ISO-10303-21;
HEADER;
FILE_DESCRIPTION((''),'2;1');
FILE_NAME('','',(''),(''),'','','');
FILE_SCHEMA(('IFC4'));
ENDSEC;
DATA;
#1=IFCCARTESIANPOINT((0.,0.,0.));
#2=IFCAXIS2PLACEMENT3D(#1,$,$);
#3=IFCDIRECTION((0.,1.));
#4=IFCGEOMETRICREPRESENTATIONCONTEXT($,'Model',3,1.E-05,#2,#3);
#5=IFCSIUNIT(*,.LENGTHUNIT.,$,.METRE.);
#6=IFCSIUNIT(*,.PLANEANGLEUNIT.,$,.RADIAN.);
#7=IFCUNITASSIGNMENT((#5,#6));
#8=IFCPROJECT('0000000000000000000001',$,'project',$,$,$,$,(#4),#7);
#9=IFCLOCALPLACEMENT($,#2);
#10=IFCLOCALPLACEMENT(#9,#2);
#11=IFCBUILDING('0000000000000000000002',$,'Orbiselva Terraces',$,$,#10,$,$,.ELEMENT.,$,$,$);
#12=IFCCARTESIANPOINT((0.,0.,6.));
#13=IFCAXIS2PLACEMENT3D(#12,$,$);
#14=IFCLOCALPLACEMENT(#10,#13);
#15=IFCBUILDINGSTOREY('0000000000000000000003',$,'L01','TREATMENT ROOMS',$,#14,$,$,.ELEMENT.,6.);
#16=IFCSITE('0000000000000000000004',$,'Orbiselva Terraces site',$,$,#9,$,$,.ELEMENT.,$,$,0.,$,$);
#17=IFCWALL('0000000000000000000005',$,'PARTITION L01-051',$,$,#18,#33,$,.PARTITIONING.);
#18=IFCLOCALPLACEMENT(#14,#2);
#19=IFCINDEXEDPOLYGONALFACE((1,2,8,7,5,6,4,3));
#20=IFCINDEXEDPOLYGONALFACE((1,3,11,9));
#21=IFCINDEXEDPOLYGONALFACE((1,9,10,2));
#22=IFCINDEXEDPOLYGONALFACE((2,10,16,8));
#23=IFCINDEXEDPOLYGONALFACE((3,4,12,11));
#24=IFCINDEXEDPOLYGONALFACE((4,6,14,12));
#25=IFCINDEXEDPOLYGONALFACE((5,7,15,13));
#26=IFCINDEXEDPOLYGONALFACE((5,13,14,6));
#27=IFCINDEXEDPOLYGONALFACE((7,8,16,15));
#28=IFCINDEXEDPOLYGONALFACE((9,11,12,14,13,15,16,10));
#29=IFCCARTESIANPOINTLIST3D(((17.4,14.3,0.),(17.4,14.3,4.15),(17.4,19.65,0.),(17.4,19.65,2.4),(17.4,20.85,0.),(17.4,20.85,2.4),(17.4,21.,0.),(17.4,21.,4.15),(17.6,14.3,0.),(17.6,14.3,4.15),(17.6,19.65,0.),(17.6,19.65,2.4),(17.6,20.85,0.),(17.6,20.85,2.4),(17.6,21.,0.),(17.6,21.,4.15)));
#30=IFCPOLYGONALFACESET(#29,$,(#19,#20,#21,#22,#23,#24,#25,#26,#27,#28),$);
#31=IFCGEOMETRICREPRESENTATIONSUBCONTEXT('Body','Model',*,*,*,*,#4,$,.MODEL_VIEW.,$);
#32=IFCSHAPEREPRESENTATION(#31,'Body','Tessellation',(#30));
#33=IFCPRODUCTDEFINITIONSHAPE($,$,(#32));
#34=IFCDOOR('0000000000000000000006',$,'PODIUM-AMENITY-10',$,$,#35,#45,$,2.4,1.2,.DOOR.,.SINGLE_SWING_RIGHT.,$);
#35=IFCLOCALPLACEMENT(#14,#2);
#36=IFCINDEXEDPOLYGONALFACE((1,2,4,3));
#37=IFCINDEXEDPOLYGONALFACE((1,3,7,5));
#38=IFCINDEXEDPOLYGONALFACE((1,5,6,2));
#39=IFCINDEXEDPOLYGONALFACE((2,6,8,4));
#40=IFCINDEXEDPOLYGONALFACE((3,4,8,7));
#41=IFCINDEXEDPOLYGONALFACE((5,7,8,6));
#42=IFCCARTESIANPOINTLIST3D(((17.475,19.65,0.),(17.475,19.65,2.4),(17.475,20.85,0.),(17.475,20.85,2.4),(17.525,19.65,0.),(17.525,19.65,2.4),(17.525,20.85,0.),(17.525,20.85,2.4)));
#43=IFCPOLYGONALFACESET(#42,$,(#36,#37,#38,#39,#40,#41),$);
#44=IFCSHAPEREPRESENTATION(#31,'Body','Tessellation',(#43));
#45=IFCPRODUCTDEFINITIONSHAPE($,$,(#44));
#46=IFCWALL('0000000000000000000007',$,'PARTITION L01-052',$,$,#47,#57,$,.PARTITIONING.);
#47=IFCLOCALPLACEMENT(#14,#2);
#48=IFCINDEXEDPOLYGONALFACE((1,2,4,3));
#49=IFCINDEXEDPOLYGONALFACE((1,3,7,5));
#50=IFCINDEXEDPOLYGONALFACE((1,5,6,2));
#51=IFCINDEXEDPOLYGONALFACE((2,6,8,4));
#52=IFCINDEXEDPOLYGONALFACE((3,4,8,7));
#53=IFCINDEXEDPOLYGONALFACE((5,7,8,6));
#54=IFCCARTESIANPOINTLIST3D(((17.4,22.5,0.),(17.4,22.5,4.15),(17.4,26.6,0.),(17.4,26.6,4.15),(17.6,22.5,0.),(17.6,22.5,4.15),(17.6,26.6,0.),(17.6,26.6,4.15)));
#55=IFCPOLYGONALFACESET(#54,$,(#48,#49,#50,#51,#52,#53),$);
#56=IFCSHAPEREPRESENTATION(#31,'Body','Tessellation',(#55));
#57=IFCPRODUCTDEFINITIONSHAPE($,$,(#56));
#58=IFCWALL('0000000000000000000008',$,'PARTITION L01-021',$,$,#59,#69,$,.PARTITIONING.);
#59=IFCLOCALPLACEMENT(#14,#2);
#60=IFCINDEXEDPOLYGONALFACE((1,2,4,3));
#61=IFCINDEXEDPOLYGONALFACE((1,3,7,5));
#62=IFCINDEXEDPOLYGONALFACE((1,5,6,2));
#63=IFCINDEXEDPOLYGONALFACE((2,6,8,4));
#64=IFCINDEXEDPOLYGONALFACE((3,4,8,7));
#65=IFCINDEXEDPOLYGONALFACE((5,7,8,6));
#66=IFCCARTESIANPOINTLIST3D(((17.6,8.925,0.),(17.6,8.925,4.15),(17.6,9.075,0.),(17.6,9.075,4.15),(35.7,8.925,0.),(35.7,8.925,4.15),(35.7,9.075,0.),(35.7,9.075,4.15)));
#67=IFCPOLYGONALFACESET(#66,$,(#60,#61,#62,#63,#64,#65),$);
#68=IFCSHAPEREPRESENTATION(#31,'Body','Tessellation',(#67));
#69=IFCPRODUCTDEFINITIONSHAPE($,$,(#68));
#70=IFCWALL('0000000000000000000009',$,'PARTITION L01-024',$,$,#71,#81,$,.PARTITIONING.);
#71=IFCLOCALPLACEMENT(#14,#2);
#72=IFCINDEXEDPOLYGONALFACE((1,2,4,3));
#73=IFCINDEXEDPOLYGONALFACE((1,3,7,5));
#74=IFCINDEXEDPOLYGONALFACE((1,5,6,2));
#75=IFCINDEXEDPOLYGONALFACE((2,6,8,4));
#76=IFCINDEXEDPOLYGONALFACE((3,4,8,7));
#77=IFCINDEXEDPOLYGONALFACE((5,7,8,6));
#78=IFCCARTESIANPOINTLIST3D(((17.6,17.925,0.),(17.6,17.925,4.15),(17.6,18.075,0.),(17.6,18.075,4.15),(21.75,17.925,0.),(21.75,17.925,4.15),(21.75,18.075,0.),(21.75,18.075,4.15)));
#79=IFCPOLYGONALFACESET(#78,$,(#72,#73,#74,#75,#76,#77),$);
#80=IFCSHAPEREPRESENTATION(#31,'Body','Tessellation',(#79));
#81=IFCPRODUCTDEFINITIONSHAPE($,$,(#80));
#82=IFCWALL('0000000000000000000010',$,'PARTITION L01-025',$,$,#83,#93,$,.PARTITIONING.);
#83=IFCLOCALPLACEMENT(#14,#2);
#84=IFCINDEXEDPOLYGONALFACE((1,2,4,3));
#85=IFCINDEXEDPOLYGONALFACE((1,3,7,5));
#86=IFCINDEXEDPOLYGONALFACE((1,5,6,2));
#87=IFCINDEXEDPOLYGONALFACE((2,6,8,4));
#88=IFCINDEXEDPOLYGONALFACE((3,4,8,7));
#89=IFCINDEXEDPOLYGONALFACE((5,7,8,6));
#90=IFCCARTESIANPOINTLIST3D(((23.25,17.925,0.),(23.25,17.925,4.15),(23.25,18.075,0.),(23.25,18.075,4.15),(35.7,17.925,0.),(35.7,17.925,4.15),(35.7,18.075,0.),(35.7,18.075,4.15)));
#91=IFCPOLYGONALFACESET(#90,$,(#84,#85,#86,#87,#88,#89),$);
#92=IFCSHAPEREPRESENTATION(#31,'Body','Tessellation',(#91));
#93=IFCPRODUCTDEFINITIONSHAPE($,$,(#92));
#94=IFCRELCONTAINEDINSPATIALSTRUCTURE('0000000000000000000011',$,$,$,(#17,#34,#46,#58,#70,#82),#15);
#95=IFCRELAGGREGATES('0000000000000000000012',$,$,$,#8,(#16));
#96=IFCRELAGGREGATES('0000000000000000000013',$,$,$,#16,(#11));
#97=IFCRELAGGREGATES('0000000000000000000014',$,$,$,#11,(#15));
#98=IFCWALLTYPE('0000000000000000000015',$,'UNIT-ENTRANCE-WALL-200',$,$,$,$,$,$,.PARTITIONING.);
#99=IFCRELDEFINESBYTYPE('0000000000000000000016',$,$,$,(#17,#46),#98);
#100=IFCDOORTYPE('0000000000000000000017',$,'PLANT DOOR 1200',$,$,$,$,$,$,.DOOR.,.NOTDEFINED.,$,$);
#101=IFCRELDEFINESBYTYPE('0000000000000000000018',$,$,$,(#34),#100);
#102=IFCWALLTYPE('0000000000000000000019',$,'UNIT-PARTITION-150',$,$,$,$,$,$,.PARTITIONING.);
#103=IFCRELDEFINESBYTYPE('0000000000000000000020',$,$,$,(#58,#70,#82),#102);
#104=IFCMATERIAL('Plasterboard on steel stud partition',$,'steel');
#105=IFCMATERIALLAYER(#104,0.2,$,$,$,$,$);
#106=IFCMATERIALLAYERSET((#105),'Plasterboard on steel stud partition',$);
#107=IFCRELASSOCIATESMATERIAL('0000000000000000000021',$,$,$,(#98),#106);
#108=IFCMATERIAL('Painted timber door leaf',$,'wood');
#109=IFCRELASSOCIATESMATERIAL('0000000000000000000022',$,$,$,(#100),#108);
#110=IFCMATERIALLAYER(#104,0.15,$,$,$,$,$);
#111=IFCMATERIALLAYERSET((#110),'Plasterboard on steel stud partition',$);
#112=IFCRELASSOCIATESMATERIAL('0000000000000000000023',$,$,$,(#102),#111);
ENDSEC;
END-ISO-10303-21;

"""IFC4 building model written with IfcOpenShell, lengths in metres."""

from ifc_helpers import new_model, si_unit, direction, frame, frame_2d, origin, place, context, subcontext, project, spatial, rectangle, extrude, material, layer, layer_set, type_object, element, fill, save


model = new_model("IFC4")

# Units and contexts
model_context = context("Model", 3, precision=1e-05, world=origin(), true_north=direction((0.0, 1.0)))
body_context = subcontext(model_context, "Body", "Model", "MODEL_VIEW")
ifc_project = project(units=[si_unit("LENGTHUNIT", "METRE"), si_unit("PLANEANGLEUNIT", "RADIAN")], contexts=[model_context])

# Site, building, storey
site_placement = place(None, origin())
site = spatial("IfcSite", under=ifc_project, at=site_placement, Name="Orbiselva Terraces site", CompositionType="ELEMENT", RefElevation=0.0)
building_placement = place(site_placement, origin())
building = spatial("IfcBuilding", under=site, at=building_placement, Name="Orbiselva Terraces", CompositionType="ELEMENT")
storey_placement = place(building_placement, frame((0.0, 0.0, 6.0)))
storey = spatial("IfcBuildingStorey", under=building, at=storey_placement, Name="L01", Description="TREATMENT ROOMS", CompositionType="ELEMENT", Elevation=6.0)

# Wall, opening, door
ifc_material_1 = material(Name="Plasterboard on steel stud partition", Category="steel")
ifc_layer_1 = layer(ifc_material_1, 0.2)
ifc_layer_set_1 = layer_set([ifc_layer_1], Name="Plasterboard on steel stud partition")
wall_type_1 = type_object("IfcWallType", Name="UNIT-ENTRANCE-WALL-200", PredefinedType="PARTITIONING", material=ifc_layer_set_1)
ifc_material_2 = material(Name="Painted timber door leaf", Category="wood")
door_type = type_object("IfcDoorType", Name="PLANT DOOR 1200", OperationType="NOTDEFINED", PredefinedType="DOOR", material=ifc_material_2)
wall_1_placement = place(storey_placement, frame((17.5, 14.3, 0.0), z_axis=(0.0, 0.0, 1.0), x_axis=(0.0, 1.0, 0.0)))
wall_1 = element("IfcWall", 1, at=wall_1_placement, inside=storey, type_object=wall_type_1, Name="PARTITION L01-051", PredefinedType="PARTITIONING", context=body_context, shape_type="SweptSolid", body=[
    extrude(rectangle(XDim=6.7, YDim=0.2, at=frame_2d((3.35, 0.0))), origin(), (0.0, 0.0, 1.0), 4.15),
])
opening_1_placement = place(wall_1_placement, frame((5.35, 0.0, 0.0)))
opening_1 = element("IfcOpeningElement", 2, at=opening_1_placement, cuts=wall_1, PredefinedType="OPENING", context=body_context, shape_type="SweptSolid", body=[
    extrude(rectangle(XDim=1.2, YDim=2.4, at=frame_2d((0.6, 1.2))), frame((0.0, 0.11, 0.0), z_axis=(0.0, -1.0, 0.0), x_axis=(1.0, 0.0, 0.0)), (0.0, 0.0, 1.0), 0.22),
])
door_1_placement = place(opening_1_placement, origin())
door_1 = element("IfcDoor", 3, at=door_1_placement, inside=storey, type_object=door_type, Name="PODIUM-AMENITY-10", OperationType="SINGLE_SWING_RIGHT", OverallHeight=2.4, OverallWidth=1.2, PredefinedType="DOOR", context=body_context, shape_type="SweptSolid", body=[
    extrude(rectangle(XDim=1.2, YDim=2.4, at=frame_2d((0.6, 1.2))), frame((0.0, 0.025, 0.0), z_axis=(0.0, -1.0, 0.0), x_axis=(1.0, 0.0, 0.0)), (0.0, 0.0, 1.0), 0.05),
])
fill(opening_1, door_1)

# Walls
wall_2_placement = place(storey_placement, frame((17.5, 22.5, 0.0), z_axis=(0.0, 0.0, 1.0), x_axis=(0.0, 1.0, 0.0)))
element("IfcWall", 4, at=wall_2_placement, inside=storey, type_object=wall_type_1, Name="PARTITION L01-052", PredefinedType="PARTITIONING", context=body_context, shape_type="SweptSolid", body=[
    extrude(rectangle(XDim=4.1, YDim=0.2, at=frame_2d((2.05, 0.0))), origin(), (0.0, 0.0, 1.0), 4.15),
])
ifc_layer_2 = layer(ifc_material_1, 0.15)
ifc_layer_set_2 = layer_set([ifc_layer_2], Name="Plasterboard on steel stud partition")
wall_type_2 = type_object("IfcWallType", Name="UNIT-PARTITION-150", PredefinedType="PARTITIONING", material=ifc_layer_set_2)
wall_3_placement = place(storey_placement, frame((17.6, 9.0, 0.0), z_axis=(0.0, 0.0, 1.0), x_axis=(1.0, 0.0, 0.0)))
element("IfcWall", 5, at=wall_3_placement, inside=storey, type_object=wall_type_2, Name="PARTITION L01-021", PredefinedType="PARTITIONING", context=body_context, shape_type="SweptSolid", body=[
    extrude(rectangle(XDim=18.1, YDim=0.15, at=frame_2d((9.05, 0.0))), origin(), (0.0, 0.0, 1.0), 4.15),
])
wall_4_placement = place(storey_placement, frame((17.6, 18.0, 0.0), z_axis=(0.0, 0.0, 1.0), x_axis=(1.0, 0.0, 0.0)))
element("IfcWall", 6, at=wall_4_placement, inside=storey, type_object=wall_type_2, Name="PARTITION L01-024", PredefinedType="PARTITIONING", context=body_context, shape_type="SweptSolid", body=[
    extrude(rectangle(XDim=4.15, YDim=0.15, at=frame_2d((2.075, 0.0))), origin(), (0.0, 0.0, 1.0), 4.15),
])
wall_5_placement = place(storey_placement, frame((23.25, 18.0, 0.0), z_axis=(0.0, 0.0, 1.0), x_axis=(1.0, 0.0, 0.0)))
element("IfcWall", 7, at=wall_5_placement, inside=storey, type_object=wall_type_2, Name="PARTITION L01-025", PredefinedType="PARTITIONING", context=body_context, shape_type="SweptSolid", body=[
    extrude(rectangle(XDim=12.45, YDim=0.15, at=frame_2d((6.225, 0.0))), origin(), (0.0, 0.0, 1.0), 4.15),
])

save(model, "model.ifc")
